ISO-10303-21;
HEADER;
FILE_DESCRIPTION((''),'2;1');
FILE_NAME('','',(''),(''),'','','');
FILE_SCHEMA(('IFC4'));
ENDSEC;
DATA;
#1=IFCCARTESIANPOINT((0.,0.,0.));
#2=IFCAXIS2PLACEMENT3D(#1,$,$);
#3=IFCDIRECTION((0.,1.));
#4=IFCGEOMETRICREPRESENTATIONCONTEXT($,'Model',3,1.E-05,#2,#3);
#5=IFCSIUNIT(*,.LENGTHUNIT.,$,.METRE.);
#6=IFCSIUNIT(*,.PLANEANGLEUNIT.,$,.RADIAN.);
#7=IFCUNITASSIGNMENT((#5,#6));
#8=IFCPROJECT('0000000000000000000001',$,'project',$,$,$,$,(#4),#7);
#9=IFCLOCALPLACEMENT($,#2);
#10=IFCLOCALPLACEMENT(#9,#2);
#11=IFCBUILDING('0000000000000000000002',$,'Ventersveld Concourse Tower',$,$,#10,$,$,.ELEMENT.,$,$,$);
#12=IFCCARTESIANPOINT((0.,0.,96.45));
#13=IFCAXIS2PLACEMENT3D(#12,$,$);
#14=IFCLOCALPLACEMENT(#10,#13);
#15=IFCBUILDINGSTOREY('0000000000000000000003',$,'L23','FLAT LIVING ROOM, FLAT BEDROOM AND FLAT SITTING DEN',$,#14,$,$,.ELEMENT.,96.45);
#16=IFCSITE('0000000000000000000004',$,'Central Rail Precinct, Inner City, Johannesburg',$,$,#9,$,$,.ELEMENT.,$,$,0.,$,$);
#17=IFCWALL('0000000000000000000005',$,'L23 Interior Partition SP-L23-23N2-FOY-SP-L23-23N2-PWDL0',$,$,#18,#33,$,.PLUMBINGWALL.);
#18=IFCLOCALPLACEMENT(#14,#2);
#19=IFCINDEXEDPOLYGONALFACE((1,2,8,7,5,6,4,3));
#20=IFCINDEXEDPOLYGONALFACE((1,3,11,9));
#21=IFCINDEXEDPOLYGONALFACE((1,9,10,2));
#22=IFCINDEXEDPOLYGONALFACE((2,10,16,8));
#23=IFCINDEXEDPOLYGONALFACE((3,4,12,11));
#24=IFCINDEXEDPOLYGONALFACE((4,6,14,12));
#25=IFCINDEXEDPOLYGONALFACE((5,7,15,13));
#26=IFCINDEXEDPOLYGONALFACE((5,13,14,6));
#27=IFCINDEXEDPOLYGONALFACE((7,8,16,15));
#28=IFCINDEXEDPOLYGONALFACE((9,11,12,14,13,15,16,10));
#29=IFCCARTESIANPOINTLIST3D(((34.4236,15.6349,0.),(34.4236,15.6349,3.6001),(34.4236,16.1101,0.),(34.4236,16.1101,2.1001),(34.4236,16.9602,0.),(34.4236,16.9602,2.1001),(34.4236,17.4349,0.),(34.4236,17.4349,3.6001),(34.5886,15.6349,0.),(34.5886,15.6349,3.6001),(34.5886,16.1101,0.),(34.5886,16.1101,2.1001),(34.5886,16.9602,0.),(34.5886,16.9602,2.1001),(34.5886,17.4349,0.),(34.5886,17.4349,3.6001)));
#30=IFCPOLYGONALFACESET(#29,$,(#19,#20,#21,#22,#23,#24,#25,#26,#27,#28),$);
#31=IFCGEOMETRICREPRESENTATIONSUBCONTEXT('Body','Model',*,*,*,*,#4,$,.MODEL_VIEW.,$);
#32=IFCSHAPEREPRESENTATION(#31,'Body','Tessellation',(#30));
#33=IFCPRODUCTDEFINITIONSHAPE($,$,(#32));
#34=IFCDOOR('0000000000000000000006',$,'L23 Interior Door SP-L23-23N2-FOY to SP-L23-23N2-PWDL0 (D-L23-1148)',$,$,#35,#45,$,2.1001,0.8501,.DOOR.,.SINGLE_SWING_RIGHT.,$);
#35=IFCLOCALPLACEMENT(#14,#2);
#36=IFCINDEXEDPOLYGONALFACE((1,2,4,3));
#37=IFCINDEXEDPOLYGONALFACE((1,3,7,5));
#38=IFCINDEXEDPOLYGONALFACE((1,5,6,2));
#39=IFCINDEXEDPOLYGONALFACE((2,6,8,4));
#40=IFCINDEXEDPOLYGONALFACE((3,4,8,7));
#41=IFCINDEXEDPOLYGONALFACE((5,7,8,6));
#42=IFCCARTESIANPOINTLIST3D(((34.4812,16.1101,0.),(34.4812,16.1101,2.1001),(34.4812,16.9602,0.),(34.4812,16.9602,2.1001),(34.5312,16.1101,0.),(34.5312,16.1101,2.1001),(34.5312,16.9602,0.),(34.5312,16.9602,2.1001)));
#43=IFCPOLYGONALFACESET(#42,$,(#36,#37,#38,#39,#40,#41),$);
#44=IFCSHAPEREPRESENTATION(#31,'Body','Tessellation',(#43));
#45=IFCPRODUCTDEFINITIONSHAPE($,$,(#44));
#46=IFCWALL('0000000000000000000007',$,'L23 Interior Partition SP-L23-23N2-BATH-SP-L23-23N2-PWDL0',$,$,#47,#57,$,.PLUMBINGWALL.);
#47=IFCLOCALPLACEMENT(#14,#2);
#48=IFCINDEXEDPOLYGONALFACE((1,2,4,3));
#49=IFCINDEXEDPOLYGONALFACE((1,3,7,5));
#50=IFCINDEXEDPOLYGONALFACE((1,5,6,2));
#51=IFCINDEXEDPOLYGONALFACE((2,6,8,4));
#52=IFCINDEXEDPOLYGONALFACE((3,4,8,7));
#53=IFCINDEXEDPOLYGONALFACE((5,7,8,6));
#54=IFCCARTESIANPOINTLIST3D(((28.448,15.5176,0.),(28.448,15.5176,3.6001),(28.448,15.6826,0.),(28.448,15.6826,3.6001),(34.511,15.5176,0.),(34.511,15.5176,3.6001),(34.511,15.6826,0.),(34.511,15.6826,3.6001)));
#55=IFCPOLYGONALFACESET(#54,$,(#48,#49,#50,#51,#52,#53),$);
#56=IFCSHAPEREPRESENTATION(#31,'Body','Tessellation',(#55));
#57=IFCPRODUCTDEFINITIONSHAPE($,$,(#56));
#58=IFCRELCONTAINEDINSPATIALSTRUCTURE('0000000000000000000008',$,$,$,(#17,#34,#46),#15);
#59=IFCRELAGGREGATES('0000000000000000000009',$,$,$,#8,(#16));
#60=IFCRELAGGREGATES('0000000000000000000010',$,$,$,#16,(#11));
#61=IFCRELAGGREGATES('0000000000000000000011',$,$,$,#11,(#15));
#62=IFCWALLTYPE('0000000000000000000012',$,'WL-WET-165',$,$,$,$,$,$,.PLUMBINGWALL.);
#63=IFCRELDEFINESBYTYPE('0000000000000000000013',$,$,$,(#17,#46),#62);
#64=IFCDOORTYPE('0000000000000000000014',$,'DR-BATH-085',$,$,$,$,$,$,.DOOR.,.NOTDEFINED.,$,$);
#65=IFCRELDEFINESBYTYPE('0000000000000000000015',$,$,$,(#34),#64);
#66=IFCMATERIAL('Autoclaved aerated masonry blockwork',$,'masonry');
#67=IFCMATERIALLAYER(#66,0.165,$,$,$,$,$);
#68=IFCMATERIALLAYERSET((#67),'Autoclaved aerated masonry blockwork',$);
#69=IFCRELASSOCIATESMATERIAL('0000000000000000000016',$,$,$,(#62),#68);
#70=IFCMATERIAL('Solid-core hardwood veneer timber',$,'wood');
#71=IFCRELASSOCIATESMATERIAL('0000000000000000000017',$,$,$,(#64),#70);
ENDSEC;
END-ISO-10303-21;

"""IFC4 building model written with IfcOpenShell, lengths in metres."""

from ifc_helpers import new_model, si_unit, direction, frame, frame_2d, origin, place, context, subcontext, project, spatial, rectangle, extrude, material, layer, layer_set, type_object, element, fill, save


model = new_model("IFC4")

# Units and contexts
model_context = context("Model", 3, precision=1e-05, world=origin(), true_north=direction((0.0, 1.0)))
body_context = subcontext(model_context, "Body", "Model", "MODEL_VIEW")
ifc_project = project(units=[si_unit("LENGTHUNIT", "METRE"), si_unit("PLANEANGLEUNIT", "RADIAN")], contexts=[model_context])

# Site, building, storey
site_placement = place(None, origin())
site = spatial("IfcSite", under=ifc_project, at=site_placement, Name="Central Rail Precinct, Inner City, Johannesburg", CompositionType="ELEMENT", RefElevation=0.0)
building_placement = place(site_placement, origin())
building = spatial("IfcBuilding", under=site, at=building_placement, Name="Ventersveld Concourse Tower", CompositionType="ELEMENT")
storey_placement = place(building_placement, frame((0.0, 0.0, 96.45)))
storey = spatial("IfcBuildingStorey", under=building, at=storey_placement, Name="L23", Description="FLAT LIVING ROOM, FLAT BEDROOM AND FLAT SITTING DEN", CompositionType="ELEMENT", Elevation=96.45)

# Shared definitions
ifc_material_1 = material(Name="Solid-core hardwood veneer timber", Category="wood")

# Wall, opening, door
ifc_material_2 = material(Name="Autoclaved aerated masonry blockwork", Category="masonry")
ifc_layer_1 = layer(ifc_material_2, 0.165)
ifc_layer_set_1 = layer_set([ifc_layer_1], Name="Autoclaved aerated masonry blockwork")
wall_type_1 = type_object("IfcWallType", Name="WL-WET-165", PredefinedType="PLUMBINGWALL", material=ifc_layer_set_1)
door_type_1 = type_object("IfcDoorType", Name="DR-BATH-085", OperationType="NOTDEFINED", PredefinedType="DOOR", material=ifc_material_1)
wall_1_placement = place(storey_placement, frame((34.5061, 15.635, 0.0), z_axis=(0.0, 0.0, 1.0), x_axis=(0.0, 1.0, 0.0)))
wall_1 = element("IfcWall", 1, at=wall_1_placement, inside=storey, type_object=wall_type_1, Name="L23 Interior Partition SP-L23-23N2-FOY-SP-L23-23N2-PWDL0", PredefinedType="PLUMBINGWALL", context=body_context, shape_type="SweptSolid", body=[
    extrude(rectangle(XDim=1.8, YDim=0.165, at=frame_2d((0.8999, 0.0))), origin(), (0.0, 0.0, 1.0), 3.6001),
])
opening_1_placement = place(wall_1_placement, frame((0.4751, 0.0, 0.0)))
opening_1 = element("IfcOpeningElement", 2, at=opening_1_placement, cuts=wall_1, PredefinedType="OPENING", context=body_context, shape_type="SweptSolid", body=[
    extrude(rectangle(XDim=0.8501, YDim=2.1001, at=frame_2d((0.425, 1.05))), frame((0.0, 0.0925, 0.0), z_axis=(0.0, -1.0, 0.0), x_axis=(1.0, 0.0, 0.0)), (0.0, 0.0, 1.0), 0.1851),
])
door_1_placement = place(opening_1_placement, origin())
door_1 = element("IfcDoor", 3, at=door_1_placement, inside=storey, type_object=door_type_1, Name="L23 Interior Door SP-L23-23N2-FOY to SP-L23-23N2-PWDL0 (D-L23-1148)", OperationType="SINGLE_SWING_RIGHT", OverallHeight=2.1001, OverallWidth=0.8501, PredefinedType="DOOR", context=body_context, shape_type="SweptSolid", body=[
    extrude(rectangle(XDim=0.8501, YDim=2.1001, at=frame_2d((0.425, 1.05))), frame((0.0, 0.0249, 0.0), z_axis=(0.0, -1.0, 0.0), x_axis=(1.0, 0.0, 0.0)), (0.0, 0.0, 1.0), 0.05),
])
fill(opening_1, door_1)

# Wall
wall_2_placement = place(storey_placement, frame((28.448, 15.6001, 0.0), z_axis=(0.0, 0.0, 1.0), x_axis=(1.0, 0.0, 0.0)))
element("IfcWall", 4, at=wall_2_placement, inside=storey, type_object=wall_type_1, Name="L23 Interior Partition SP-L23-23N2-BATH-SP-L23-23N2-PWDL0", PredefinedType="PLUMBINGWALL", context=body_context, shape_type="SweptSolid", body=[
    extrude(rectangle(XDim=6.063, YDim=0.165, at=frame_2d((3.0315, 0.0))), origin(), (0.0, 0.0, 1.0), 3.6001),
])

save(model, "model.ifc")
